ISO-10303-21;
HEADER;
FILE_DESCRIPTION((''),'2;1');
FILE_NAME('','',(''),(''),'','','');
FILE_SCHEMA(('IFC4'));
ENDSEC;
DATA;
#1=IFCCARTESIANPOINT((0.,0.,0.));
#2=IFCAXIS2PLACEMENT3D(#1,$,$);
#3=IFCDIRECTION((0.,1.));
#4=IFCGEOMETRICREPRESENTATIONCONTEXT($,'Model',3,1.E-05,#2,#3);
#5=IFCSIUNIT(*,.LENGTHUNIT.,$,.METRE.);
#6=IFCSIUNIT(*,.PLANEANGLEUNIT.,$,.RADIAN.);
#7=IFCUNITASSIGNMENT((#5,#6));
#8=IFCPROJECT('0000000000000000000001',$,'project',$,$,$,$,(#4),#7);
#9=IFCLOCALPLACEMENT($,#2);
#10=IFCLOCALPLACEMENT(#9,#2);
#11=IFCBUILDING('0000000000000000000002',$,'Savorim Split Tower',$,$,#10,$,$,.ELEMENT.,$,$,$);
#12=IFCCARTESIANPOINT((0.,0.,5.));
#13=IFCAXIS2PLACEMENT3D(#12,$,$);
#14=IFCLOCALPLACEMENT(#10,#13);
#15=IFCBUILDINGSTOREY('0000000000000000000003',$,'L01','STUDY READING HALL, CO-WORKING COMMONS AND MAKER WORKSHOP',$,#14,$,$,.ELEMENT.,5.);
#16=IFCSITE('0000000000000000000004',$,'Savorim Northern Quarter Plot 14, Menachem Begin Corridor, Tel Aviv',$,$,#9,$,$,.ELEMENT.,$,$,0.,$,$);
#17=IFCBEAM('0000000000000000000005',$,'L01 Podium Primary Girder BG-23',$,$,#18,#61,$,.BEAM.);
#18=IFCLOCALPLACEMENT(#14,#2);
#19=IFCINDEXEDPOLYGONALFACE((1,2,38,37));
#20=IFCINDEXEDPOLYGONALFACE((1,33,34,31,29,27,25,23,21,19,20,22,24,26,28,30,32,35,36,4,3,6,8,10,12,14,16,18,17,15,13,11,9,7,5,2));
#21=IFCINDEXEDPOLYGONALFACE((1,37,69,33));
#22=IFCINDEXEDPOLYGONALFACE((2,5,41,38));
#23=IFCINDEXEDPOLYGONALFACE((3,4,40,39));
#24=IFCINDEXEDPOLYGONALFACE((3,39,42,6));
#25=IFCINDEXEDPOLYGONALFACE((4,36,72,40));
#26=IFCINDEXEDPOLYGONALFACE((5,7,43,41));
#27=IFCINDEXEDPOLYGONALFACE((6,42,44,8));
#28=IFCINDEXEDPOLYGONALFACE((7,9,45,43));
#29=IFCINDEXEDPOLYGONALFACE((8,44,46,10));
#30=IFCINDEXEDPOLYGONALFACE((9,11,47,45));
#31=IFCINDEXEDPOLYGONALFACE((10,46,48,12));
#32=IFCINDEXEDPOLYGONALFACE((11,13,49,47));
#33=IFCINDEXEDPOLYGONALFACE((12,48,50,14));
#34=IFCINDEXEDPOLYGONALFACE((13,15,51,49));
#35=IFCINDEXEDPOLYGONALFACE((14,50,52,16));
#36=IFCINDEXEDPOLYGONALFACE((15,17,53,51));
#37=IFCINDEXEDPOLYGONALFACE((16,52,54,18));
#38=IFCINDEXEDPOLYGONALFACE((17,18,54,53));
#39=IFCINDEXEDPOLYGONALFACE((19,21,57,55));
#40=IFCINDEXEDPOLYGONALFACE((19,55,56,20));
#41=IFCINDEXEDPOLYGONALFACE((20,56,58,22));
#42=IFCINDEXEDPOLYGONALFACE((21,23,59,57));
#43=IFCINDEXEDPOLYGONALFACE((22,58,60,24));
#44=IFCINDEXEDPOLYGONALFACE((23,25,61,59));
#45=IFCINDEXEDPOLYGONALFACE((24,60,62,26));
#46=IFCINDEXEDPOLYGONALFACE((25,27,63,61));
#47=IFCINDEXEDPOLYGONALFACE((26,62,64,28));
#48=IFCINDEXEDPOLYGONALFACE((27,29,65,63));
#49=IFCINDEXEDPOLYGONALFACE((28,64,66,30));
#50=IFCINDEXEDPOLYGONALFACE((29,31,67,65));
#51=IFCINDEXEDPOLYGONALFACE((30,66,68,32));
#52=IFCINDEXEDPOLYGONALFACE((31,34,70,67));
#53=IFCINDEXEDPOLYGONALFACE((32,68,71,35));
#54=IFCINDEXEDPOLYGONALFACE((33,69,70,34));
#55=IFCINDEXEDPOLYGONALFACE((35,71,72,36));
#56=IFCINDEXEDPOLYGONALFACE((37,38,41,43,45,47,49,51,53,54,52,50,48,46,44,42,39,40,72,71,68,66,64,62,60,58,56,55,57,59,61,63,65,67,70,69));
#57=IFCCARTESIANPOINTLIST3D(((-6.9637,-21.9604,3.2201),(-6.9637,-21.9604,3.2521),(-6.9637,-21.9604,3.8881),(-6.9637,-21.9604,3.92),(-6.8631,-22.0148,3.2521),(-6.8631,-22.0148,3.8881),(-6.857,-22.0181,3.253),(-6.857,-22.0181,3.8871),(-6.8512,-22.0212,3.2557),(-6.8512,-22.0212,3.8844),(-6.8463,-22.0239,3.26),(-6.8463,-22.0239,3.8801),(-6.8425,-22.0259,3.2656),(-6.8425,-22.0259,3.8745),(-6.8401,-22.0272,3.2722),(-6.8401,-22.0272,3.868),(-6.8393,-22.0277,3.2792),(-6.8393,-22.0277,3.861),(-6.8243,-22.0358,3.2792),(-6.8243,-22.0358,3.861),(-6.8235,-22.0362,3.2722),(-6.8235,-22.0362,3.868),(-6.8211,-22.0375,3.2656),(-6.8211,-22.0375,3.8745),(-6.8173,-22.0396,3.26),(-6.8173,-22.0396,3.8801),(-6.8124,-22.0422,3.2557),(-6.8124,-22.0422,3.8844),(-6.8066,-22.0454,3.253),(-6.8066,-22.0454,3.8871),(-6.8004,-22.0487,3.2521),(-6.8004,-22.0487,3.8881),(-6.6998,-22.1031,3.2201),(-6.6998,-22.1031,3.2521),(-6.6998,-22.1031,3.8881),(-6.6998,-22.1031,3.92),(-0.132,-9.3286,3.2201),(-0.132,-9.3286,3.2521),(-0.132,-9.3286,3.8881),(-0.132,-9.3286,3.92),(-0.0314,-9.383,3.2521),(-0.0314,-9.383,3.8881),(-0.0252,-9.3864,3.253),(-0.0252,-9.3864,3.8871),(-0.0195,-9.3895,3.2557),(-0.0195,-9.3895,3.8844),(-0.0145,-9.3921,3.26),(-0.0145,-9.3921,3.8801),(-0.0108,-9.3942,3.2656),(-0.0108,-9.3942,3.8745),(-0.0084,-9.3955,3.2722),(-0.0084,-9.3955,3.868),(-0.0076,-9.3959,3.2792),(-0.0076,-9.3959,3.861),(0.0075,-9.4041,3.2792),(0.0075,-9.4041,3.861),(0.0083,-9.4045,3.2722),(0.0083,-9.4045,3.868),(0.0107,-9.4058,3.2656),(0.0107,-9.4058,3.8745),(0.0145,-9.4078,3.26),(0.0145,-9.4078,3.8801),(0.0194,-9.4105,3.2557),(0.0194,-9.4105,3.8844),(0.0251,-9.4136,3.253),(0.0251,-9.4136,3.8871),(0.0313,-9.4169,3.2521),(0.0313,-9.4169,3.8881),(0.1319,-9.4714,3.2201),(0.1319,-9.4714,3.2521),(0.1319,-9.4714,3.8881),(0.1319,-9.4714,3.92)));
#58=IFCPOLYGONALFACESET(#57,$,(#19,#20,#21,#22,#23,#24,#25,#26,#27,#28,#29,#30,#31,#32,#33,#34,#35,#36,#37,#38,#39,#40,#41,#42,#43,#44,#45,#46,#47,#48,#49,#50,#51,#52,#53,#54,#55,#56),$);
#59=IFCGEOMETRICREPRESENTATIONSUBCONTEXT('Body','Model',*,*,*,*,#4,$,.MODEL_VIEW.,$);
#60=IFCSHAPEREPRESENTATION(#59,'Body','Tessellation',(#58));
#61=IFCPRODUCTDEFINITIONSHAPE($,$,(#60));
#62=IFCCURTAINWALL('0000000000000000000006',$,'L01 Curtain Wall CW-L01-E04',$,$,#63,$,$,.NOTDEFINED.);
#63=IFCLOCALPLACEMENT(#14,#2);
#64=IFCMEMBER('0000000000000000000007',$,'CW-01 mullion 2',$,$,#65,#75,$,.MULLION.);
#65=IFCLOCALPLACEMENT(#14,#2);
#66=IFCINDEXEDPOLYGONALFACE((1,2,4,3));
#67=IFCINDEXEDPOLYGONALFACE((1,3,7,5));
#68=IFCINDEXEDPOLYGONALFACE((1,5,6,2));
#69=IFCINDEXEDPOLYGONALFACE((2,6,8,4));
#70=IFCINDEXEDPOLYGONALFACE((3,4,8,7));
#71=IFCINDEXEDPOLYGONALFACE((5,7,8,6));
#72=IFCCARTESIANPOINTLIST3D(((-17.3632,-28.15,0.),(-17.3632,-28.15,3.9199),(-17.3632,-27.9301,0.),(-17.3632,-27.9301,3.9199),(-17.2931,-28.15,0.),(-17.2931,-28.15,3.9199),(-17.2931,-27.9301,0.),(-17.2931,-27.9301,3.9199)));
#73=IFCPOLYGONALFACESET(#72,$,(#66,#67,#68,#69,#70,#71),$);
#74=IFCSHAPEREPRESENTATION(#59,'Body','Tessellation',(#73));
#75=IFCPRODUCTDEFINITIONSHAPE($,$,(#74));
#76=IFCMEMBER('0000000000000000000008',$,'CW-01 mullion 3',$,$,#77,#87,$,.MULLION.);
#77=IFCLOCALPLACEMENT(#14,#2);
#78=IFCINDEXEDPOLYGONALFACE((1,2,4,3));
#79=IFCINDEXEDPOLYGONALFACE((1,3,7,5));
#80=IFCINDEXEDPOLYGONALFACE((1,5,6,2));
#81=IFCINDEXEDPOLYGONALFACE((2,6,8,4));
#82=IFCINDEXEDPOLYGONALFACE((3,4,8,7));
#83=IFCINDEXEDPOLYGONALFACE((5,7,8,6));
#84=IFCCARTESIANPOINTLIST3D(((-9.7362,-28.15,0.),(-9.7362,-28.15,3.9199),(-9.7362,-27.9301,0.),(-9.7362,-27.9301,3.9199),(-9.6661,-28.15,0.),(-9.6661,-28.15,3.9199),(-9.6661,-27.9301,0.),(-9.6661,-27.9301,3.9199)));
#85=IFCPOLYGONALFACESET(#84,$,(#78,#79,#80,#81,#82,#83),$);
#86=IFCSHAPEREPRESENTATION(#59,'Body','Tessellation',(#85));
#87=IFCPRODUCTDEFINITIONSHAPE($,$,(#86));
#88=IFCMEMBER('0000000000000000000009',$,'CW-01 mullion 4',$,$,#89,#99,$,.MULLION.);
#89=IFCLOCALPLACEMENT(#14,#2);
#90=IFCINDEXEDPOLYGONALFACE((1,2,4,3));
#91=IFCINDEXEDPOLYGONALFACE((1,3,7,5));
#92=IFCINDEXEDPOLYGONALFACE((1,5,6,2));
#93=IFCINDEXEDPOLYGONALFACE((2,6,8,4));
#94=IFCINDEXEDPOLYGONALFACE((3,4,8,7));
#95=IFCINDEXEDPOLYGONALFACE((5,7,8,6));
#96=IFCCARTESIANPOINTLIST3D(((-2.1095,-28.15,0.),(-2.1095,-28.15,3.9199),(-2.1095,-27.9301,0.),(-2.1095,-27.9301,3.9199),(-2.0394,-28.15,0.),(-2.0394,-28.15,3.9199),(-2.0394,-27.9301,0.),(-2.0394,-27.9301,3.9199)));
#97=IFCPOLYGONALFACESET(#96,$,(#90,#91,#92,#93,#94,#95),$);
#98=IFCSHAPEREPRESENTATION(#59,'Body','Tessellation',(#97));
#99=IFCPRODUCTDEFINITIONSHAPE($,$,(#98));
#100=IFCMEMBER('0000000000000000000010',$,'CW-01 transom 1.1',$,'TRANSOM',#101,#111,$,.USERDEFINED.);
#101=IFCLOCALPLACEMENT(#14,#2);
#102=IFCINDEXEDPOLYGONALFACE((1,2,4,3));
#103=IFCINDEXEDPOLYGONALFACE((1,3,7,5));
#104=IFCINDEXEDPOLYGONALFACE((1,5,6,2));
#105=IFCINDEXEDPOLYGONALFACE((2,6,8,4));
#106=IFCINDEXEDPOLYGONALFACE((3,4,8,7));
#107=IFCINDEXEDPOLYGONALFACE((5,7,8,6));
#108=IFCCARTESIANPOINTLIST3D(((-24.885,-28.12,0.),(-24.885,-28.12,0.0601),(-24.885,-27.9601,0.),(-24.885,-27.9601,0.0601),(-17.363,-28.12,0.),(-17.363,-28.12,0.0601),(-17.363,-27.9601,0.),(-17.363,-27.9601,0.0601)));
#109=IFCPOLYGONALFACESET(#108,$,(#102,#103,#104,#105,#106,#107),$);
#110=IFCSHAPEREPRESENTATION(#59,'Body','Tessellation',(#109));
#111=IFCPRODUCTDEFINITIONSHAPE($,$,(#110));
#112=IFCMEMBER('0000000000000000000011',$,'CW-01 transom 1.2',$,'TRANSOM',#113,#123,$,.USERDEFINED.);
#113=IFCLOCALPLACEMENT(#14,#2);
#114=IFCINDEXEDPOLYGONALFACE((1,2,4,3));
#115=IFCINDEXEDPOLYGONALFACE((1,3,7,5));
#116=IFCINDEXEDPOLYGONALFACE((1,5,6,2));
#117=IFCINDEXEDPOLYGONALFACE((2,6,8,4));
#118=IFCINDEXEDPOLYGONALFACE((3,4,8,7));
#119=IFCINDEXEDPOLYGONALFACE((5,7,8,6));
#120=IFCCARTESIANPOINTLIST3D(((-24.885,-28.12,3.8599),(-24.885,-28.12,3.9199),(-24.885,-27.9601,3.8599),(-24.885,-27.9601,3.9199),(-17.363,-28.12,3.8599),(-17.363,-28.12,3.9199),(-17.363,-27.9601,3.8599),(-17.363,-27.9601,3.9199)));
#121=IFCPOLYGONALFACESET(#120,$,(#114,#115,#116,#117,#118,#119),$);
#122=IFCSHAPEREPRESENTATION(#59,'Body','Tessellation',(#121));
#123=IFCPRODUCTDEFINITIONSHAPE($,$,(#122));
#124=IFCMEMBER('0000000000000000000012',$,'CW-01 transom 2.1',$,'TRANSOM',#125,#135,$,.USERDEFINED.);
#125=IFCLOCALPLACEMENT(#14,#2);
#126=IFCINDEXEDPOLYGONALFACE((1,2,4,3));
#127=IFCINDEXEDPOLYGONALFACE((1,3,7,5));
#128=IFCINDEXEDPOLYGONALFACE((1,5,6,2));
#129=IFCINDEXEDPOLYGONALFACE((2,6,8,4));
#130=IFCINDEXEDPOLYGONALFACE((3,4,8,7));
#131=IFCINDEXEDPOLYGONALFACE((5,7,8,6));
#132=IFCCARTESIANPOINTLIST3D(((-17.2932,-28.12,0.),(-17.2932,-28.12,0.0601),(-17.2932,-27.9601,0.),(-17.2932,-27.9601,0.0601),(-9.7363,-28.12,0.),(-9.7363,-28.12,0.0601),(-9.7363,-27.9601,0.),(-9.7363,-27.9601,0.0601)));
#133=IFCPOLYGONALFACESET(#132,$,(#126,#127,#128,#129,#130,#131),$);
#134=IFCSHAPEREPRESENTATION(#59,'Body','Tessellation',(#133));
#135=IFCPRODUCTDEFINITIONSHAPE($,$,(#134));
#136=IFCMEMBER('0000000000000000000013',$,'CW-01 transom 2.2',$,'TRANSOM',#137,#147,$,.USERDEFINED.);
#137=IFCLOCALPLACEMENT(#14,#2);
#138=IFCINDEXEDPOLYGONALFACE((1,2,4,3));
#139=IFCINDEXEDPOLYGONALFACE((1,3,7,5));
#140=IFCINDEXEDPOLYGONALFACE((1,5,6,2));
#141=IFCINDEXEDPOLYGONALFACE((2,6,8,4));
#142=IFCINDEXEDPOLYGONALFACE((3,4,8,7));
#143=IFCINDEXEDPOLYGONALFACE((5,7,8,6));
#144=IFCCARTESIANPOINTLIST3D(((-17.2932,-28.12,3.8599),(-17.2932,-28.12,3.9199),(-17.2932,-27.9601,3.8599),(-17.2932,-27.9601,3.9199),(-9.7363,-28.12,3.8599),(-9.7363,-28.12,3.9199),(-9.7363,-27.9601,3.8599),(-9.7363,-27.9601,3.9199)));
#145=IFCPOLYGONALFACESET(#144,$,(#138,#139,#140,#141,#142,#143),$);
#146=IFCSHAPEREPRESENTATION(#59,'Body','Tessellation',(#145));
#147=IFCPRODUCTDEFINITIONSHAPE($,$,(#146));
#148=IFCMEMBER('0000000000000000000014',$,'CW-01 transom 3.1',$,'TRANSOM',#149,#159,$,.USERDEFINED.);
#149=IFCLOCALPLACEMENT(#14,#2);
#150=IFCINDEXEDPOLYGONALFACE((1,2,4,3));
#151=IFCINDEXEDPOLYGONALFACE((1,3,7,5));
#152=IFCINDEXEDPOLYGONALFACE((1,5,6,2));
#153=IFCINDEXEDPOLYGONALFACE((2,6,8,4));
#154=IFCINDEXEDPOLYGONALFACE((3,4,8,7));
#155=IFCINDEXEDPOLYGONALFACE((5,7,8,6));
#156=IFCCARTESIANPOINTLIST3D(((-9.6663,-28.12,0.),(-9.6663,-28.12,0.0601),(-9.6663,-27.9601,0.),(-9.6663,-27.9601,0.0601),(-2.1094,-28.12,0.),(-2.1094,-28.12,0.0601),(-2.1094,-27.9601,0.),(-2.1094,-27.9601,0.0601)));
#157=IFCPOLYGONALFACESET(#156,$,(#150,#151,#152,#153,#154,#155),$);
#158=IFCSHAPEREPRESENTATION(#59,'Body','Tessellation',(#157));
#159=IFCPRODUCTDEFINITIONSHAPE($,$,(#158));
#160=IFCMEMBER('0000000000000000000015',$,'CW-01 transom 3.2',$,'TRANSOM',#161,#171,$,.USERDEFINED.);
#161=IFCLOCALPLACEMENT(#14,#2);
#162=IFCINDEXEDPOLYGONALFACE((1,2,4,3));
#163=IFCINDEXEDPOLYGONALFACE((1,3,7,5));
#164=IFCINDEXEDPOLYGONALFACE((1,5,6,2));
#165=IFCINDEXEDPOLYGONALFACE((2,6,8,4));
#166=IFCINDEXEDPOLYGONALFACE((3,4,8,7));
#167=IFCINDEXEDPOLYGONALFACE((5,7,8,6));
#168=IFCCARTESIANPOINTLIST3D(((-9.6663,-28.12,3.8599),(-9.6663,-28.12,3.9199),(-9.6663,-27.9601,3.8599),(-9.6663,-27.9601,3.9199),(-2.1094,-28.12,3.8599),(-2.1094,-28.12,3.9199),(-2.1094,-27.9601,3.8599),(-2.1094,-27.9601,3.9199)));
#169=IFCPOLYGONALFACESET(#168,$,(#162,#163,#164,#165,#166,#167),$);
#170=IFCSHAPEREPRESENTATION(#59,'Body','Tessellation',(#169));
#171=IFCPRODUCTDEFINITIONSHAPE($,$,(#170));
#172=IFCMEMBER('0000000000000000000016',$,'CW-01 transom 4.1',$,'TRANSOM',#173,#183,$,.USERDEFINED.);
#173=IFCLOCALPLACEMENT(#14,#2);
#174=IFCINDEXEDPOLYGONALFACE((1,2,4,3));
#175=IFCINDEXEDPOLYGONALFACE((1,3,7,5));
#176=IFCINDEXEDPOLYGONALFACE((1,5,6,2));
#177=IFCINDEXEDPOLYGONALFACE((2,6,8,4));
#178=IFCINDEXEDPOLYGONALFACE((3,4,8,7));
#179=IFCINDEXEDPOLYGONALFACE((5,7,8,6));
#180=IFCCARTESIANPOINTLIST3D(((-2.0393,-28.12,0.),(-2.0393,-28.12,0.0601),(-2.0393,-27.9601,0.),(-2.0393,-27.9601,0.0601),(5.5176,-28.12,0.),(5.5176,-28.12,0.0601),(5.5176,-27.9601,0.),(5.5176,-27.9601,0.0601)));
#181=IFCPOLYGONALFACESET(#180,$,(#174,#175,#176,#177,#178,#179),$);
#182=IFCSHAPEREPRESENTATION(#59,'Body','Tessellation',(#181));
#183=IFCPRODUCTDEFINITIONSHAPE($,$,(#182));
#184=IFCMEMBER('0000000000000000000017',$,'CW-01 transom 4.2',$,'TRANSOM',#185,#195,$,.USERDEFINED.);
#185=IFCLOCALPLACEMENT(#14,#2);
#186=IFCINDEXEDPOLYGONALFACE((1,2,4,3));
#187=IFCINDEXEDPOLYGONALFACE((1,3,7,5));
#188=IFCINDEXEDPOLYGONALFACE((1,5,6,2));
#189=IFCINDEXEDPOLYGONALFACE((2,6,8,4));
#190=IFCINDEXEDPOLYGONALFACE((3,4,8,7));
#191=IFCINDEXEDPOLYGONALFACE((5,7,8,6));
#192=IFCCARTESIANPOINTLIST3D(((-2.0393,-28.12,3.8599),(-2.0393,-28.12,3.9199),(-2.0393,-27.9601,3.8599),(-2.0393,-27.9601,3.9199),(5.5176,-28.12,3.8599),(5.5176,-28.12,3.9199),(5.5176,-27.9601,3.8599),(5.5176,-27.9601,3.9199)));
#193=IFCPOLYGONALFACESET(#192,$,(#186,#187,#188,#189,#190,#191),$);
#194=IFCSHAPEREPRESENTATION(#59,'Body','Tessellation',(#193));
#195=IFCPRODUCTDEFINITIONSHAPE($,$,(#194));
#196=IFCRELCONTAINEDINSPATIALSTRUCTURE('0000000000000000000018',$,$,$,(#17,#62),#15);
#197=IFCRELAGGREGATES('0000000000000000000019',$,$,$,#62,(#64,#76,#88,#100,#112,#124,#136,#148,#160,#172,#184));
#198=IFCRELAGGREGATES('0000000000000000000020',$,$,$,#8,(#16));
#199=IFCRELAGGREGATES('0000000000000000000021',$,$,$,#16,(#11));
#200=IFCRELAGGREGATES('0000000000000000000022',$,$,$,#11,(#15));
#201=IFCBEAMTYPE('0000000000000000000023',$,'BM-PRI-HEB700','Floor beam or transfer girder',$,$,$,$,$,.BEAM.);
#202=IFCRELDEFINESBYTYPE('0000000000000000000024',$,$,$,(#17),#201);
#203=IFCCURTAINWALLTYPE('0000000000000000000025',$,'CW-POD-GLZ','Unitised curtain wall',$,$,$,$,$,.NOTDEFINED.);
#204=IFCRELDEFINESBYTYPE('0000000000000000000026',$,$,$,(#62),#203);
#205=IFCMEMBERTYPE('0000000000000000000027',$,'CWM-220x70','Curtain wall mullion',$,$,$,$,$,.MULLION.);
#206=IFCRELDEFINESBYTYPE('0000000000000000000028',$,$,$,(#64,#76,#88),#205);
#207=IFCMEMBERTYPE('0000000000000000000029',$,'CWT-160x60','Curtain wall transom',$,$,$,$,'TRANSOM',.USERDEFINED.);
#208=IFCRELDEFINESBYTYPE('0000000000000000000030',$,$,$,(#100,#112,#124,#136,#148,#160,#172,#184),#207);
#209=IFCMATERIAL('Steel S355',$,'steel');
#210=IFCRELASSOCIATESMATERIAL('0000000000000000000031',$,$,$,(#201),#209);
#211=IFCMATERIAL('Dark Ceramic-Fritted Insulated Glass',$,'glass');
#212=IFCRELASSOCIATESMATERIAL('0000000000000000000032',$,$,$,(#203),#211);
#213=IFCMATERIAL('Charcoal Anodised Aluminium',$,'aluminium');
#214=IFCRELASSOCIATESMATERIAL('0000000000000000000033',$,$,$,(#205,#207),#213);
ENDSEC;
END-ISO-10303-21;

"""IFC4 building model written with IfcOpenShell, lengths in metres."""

from ifc_helpers import new_model, si_unit, direction, frame, origin, origin_2d, place, context, subcontext, project, spatial, rectangle, i_section, extrude, material, material_profile, profile_set, type_object, element, aggregate, save


model = new_model("IFC4")

# Units and contexts
model_context = context("Model", 3, precision=1e-05, world=origin(), true_north=direction((0.0, 1.0)))
body_context = subcontext(model_context, "Body", "Model", "MODEL_VIEW")
ifc_project = project(units=[si_unit("LENGTHUNIT", "METRE"), si_unit("PLANEANGLEUNIT", "RADIAN")], contexts=[model_context])

# Site, building, storey
site_placement = place(None, origin())
site = spatial("IfcSite", under=ifc_project, at=site_placement, Name="Savorim Northern Quarter Plot 14, Menachem Begin Corridor, Tel Aviv", CompositionType="ELEMENT", RefElevation=0.0)
building_placement = place(site_placement, origin())
building = spatial("IfcBuilding", under=site, at=building_placement, Name="Savorim Split Tower", CompositionType="ELEMENT")
storey_placement = place(building_placement, frame((0.0, 0.0, 5.0)))
storey = spatial("IfcBuildingStorey", under=building, at=storey_placement, Name="L01", Description="STUDY READING HALL, CO-WORKING COMMONS AND MAKER WORKSHOP", CompositionType="ELEMENT", Elevation=5.0)

# Beam
ifc_material_1 = material(Name="Steel S355", Category="steel")
ifc_material_profile_1 = material_profile(ifc_material_1, i_section(OverallWidth=0.3, OverallDepth=0.7, WebThickness=0.0171, FlangeThickness=0.032, FilletRadius=0.0271, at=origin_2d()), Name="HEB 700")
ifc_profile_set_1 = profile_set([ifc_material_profile_1], Name="Steel S355")
beam_type = type_object("IfcBeamType", Name="BM-PRI-HEB700", Description="Floor beam or transfer girder", PredefinedType="BEAM", material=ifc_profile_set_1)
beam_1_placement = place(storey_placement, frame((-6.8318, -22.0317, 3.5701), z_axis=(0.47572, 0.879597, 0.0), x_axis=(-0.879597, 0.47572, 0.0)))
element("IfcBeam", 1, at=beam_1_placement, inside=storey, type_object=beam_type, Name="L01 Podium Primary Girder BG-23", PredefinedType="BEAM", context=body_context, shape_type="SweptSolid", body=[
    extrude(i_section(OverallWidth=0.3, OverallDepth=0.7, WebThickness=0.0171, FlangeThickness=0.032, FilletRadius=0.0271, at=origin_2d()), origin(), (0.0, 0.0, 1.0), 14.3608),
])

# Curtain wall, members
ifc_material_2 = material(Name="Dark Ceramic-Fritted Insulated Glass", Category="glass")
curtain_wall_type = type_object("IfcCurtainWallType", Name="CW-POD-GLZ", Description="Unitised curtain wall", PredefinedType="NOTDEFINED", material=ifc_material_2)
curtain_wall_placement = place(storey_placement, origin())
curtain_wall = element("IfcCurtainWall", 2, at=curtain_wall_placement, inside=storey, type_object=curtain_wall_type, Name="L01 Curtain Wall CW-L01-E04", PredefinedType="NOTDEFINED")
ifc_material_3 = material(Name="Charcoal Anodised Aluminium", Category="aluminium")
ifc_material_profile_2 = material_profile(ifc_material_3, rectangle(XDim=0.22, YDim=0.0701, at=origin_2d()), Name="ALU-M 220x70")
ifc_profile_set_2 = profile_set([ifc_material_profile_2], Name="Charcoal Anodised Aluminium")
member_type_1 = type_object("IfcMemberType", Name="CWM-220x70", Description="Curtain wall mullion", PredefinedType="MULLION", material=ifc_profile_set_2)
member_1_placement = place(storey_placement, frame((-17.3281, -28.04, 0.0), z_axis=(0.0, 0.0, 1.0), x_axis=(0.0, 1.0, 0.0)))
member_1 = element("IfcMember", 3, at=member_1_placement, type_object=member_type_1, Name="CW-01 mullion 2", PredefinedType="MULLION", context=body_context, shape_type="SweptSolid", body=[
    extrude(rectangle(XDim=0.22, YDim=0.0701, at=origin_2d()), origin(), (0.0, 0.0, 1.0), 3.9199),
])
member_2_placement = place(storey_placement, frame((-9.7012, -28.04, 0.0), z_axis=(0.0, 0.0, 1.0), x_axis=(0.0, 1.0, 0.0)))
member_2 = element("IfcMember", 4, at=member_2_placement, type_object=member_type_1, Name="CW-01 mullion 3", PredefinedType="MULLION", context=body_context, shape_type="SweptSolid", body=[
    extrude(rectangle(XDim=0.22, YDim=0.0701, at=origin_2d()), origin(), (0.0, 0.0, 1.0), 3.9199),
])
member_3_placement = place(storey_placement, frame((-2.0745, -28.04, 0.0), z_axis=(0.0, 0.0, 1.0), x_axis=(0.0, 1.0, 0.0)))
member_3 = element("IfcMember", 5, at=member_3_placement, type_object=member_type_1, Name="CW-01 mullion 4", PredefinedType="MULLION", context=body_context, shape_type="SweptSolid", body=[
    extrude(rectangle(XDim=0.22, YDim=0.0701, at=origin_2d()), origin(), (0.0, 0.0, 1.0), 3.9199),
])
ifc_material_profile_3 = material_profile(ifc_material_3, rectangle(XDim=0.1599, YDim=0.0601, at=origin_2d()), Name="ALU-T 160x60")
ifc_profile_set_3 = profile_set([ifc_material_profile_3], Name="Charcoal Anodised Aluminium")
member_type_2 = type_object("IfcMemberType", Name="CWT-160x60", Description="Curtain wall transom", ElementType="TRANSOM", PredefinedType="USERDEFINED", material=ifc_profile_set_3)
member_4_placement = place(storey_placement, frame((-24.885, -28.04, 0.03), z_axis=(1.0, 0.0, 0.0), x_axis=(0.0, 1.0, 0.0)))
member_4 = element("IfcMember", 6, at=member_4_placement, type_object=member_type_2, Name="CW-01 transom 1.1", ObjectType="TRANSOM", PredefinedType="USERDEFINED", context=body_context, shape_type="SweptSolid", body=[
    extrude(rectangle(XDim=0.1599, YDim=0.0601, at=origin_2d()), origin(), (0.0, 0.0, 1.0), 7.522),
])
member_5_placement = place(storey_placement, frame((-24.885, -28.04, 3.8899), z_axis=(1.0, 0.0, 0.0), x_axis=(0.0, 1.0, 0.0)))
member_5 = element("IfcMember", 7, at=member_5_placement, type_object=member_type_2, Name="CW-01 transom 1.2", ObjectType="TRANSOM", PredefinedType="USERDEFINED", context=body_context, shape_type="SweptSolid", body=[
    extrude(rectangle(XDim=0.1599, YDim=0.0601, at=origin_2d()), origin(), (0.0, 0.0, 1.0), 7.522),
])
member_6_placement = place(storey_placement, frame((-17.2932, -28.04, 0.03), z_axis=(1.0, 0.0, 0.0), x_axis=(0.0, 1.0, 0.0)))
member_6 = element("IfcMember", 8, at=member_6_placement, type_object=member_type_2, Name="CW-01 transom 2.1", ObjectType="TRANSOM", PredefinedType="USERDEFINED", context=body_context, shape_type="SweptSolid", body=[
    extrude(rectangle(XDim=0.1599, YDim=0.0601, at=origin_2d()), origin(), (0.0, 0.0, 1.0), 7.5569),
])
member_7_placement = place(storey_placement, frame((-17.2932, -28.04, 3.8899), z_axis=(1.0, 0.0, 0.0), x_axis=(0.0, 1.0, 0.0)))
member_7 = element("IfcMember", 9, at=member_7_placement, type_object=member_type_2, Name="CW-01 transom 2.2", ObjectType="TRANSOM", PredefinedType="USERDEFINED", context=body_context, shape_type="SweptSolid", body=[
    extrude(rectangle(XDim=0.1599, YDim=0.0601, at=origin_2d()), origin(), (0.0, 0.0, 1.0), 7.5569),
])
member_8_placement = place(storey_placement, frame((-9.6663, -28.04, 0.03), z_axis=(1.0, 0.0, 0.0), x_axis=(0.0, 1.0, 0.0)))
member_8 = element("IfcMember", 10, at=member_8_placement, type_object=member_type_2, Name="CW-01 transom 3.1", ObjectType="TRANSOM", PredefinedType="USERDEFINED", context=body_context, shape_type="SweptSolid", body=[
    extrude(rectangle(XDim=0.1599, YDim=0.0601, at=origin_2d()), origin(), (0.0, 0.0, 1.0), 7.5569),
])
member_9_placement = place(storey_placement, frame((-9.6663, -28.04, 3.8899), z_axis=(1.0, 0.0, 0.0), x_axis=(0.0, 1.0, 0.0)))
member_9 = element("IfcMember", 11, at=member_9_placement, type_object=member_type_2, Name="CW-01 transom 3.2", ObjectType="TRANSOM", PredefinedType="USERDEFINED", context=body_context, shape_type="SweptSolid", body=[
    extrude(rectangle(XDim=0.1599, YDim=0.0601, at=origin_2d()), origin(), (0.0, 0.0, 1.0), 7.5569),
])
member_10_placement = place(storey_placement, frame((-2.0393, -28.04, 0.03), z_axis=(1.0, 0.0, 0.0), x_axis=(0.0, 1.0, 0.0)))
member_10 = element("IfcMember", 12, at=member_10_placement, type_object=member_type_2, Name="CW-01 transom 4.1", ObjectType="TRANSOM", PredefinedType="USERDEFINED", context=body_context, shape_type="SweptSolid", body=[
    extrude(rectangle(XDim=0.1599, YDim=0.0601, at=origin_2d()), origin(), (0.0, 0.0, 1.0), 7.5569),
])
member_11_placement = place(storey_placement, frame((-2.0393, -28.04, 3.8899), z_axis=(1.0, 0.0, 0.0), x_axis=(0.0, 1.0, 0.0)))
member_11 = element("IfcMember", 13, at=member_11_placement, type_object=member_type_2, Name="CW-01 transom 4.2", ObjectType="TRANSOM", PredefinedType="USERDEFINED", context=body_context, shape_type="SweptSolid", body=[
    extrude(rectangle(XDim=0.1599, YDim=0.0601, at=origin_2d()), origin(), (0.0, 0.0, 1.0), 7.5569),
])
aggregate(curtain_wall, [member_1, member_2, member_3, member_4, member_5, member_6, member_7, member_8, member_9, member_10, member_11])

save(model, "model.ifc")
